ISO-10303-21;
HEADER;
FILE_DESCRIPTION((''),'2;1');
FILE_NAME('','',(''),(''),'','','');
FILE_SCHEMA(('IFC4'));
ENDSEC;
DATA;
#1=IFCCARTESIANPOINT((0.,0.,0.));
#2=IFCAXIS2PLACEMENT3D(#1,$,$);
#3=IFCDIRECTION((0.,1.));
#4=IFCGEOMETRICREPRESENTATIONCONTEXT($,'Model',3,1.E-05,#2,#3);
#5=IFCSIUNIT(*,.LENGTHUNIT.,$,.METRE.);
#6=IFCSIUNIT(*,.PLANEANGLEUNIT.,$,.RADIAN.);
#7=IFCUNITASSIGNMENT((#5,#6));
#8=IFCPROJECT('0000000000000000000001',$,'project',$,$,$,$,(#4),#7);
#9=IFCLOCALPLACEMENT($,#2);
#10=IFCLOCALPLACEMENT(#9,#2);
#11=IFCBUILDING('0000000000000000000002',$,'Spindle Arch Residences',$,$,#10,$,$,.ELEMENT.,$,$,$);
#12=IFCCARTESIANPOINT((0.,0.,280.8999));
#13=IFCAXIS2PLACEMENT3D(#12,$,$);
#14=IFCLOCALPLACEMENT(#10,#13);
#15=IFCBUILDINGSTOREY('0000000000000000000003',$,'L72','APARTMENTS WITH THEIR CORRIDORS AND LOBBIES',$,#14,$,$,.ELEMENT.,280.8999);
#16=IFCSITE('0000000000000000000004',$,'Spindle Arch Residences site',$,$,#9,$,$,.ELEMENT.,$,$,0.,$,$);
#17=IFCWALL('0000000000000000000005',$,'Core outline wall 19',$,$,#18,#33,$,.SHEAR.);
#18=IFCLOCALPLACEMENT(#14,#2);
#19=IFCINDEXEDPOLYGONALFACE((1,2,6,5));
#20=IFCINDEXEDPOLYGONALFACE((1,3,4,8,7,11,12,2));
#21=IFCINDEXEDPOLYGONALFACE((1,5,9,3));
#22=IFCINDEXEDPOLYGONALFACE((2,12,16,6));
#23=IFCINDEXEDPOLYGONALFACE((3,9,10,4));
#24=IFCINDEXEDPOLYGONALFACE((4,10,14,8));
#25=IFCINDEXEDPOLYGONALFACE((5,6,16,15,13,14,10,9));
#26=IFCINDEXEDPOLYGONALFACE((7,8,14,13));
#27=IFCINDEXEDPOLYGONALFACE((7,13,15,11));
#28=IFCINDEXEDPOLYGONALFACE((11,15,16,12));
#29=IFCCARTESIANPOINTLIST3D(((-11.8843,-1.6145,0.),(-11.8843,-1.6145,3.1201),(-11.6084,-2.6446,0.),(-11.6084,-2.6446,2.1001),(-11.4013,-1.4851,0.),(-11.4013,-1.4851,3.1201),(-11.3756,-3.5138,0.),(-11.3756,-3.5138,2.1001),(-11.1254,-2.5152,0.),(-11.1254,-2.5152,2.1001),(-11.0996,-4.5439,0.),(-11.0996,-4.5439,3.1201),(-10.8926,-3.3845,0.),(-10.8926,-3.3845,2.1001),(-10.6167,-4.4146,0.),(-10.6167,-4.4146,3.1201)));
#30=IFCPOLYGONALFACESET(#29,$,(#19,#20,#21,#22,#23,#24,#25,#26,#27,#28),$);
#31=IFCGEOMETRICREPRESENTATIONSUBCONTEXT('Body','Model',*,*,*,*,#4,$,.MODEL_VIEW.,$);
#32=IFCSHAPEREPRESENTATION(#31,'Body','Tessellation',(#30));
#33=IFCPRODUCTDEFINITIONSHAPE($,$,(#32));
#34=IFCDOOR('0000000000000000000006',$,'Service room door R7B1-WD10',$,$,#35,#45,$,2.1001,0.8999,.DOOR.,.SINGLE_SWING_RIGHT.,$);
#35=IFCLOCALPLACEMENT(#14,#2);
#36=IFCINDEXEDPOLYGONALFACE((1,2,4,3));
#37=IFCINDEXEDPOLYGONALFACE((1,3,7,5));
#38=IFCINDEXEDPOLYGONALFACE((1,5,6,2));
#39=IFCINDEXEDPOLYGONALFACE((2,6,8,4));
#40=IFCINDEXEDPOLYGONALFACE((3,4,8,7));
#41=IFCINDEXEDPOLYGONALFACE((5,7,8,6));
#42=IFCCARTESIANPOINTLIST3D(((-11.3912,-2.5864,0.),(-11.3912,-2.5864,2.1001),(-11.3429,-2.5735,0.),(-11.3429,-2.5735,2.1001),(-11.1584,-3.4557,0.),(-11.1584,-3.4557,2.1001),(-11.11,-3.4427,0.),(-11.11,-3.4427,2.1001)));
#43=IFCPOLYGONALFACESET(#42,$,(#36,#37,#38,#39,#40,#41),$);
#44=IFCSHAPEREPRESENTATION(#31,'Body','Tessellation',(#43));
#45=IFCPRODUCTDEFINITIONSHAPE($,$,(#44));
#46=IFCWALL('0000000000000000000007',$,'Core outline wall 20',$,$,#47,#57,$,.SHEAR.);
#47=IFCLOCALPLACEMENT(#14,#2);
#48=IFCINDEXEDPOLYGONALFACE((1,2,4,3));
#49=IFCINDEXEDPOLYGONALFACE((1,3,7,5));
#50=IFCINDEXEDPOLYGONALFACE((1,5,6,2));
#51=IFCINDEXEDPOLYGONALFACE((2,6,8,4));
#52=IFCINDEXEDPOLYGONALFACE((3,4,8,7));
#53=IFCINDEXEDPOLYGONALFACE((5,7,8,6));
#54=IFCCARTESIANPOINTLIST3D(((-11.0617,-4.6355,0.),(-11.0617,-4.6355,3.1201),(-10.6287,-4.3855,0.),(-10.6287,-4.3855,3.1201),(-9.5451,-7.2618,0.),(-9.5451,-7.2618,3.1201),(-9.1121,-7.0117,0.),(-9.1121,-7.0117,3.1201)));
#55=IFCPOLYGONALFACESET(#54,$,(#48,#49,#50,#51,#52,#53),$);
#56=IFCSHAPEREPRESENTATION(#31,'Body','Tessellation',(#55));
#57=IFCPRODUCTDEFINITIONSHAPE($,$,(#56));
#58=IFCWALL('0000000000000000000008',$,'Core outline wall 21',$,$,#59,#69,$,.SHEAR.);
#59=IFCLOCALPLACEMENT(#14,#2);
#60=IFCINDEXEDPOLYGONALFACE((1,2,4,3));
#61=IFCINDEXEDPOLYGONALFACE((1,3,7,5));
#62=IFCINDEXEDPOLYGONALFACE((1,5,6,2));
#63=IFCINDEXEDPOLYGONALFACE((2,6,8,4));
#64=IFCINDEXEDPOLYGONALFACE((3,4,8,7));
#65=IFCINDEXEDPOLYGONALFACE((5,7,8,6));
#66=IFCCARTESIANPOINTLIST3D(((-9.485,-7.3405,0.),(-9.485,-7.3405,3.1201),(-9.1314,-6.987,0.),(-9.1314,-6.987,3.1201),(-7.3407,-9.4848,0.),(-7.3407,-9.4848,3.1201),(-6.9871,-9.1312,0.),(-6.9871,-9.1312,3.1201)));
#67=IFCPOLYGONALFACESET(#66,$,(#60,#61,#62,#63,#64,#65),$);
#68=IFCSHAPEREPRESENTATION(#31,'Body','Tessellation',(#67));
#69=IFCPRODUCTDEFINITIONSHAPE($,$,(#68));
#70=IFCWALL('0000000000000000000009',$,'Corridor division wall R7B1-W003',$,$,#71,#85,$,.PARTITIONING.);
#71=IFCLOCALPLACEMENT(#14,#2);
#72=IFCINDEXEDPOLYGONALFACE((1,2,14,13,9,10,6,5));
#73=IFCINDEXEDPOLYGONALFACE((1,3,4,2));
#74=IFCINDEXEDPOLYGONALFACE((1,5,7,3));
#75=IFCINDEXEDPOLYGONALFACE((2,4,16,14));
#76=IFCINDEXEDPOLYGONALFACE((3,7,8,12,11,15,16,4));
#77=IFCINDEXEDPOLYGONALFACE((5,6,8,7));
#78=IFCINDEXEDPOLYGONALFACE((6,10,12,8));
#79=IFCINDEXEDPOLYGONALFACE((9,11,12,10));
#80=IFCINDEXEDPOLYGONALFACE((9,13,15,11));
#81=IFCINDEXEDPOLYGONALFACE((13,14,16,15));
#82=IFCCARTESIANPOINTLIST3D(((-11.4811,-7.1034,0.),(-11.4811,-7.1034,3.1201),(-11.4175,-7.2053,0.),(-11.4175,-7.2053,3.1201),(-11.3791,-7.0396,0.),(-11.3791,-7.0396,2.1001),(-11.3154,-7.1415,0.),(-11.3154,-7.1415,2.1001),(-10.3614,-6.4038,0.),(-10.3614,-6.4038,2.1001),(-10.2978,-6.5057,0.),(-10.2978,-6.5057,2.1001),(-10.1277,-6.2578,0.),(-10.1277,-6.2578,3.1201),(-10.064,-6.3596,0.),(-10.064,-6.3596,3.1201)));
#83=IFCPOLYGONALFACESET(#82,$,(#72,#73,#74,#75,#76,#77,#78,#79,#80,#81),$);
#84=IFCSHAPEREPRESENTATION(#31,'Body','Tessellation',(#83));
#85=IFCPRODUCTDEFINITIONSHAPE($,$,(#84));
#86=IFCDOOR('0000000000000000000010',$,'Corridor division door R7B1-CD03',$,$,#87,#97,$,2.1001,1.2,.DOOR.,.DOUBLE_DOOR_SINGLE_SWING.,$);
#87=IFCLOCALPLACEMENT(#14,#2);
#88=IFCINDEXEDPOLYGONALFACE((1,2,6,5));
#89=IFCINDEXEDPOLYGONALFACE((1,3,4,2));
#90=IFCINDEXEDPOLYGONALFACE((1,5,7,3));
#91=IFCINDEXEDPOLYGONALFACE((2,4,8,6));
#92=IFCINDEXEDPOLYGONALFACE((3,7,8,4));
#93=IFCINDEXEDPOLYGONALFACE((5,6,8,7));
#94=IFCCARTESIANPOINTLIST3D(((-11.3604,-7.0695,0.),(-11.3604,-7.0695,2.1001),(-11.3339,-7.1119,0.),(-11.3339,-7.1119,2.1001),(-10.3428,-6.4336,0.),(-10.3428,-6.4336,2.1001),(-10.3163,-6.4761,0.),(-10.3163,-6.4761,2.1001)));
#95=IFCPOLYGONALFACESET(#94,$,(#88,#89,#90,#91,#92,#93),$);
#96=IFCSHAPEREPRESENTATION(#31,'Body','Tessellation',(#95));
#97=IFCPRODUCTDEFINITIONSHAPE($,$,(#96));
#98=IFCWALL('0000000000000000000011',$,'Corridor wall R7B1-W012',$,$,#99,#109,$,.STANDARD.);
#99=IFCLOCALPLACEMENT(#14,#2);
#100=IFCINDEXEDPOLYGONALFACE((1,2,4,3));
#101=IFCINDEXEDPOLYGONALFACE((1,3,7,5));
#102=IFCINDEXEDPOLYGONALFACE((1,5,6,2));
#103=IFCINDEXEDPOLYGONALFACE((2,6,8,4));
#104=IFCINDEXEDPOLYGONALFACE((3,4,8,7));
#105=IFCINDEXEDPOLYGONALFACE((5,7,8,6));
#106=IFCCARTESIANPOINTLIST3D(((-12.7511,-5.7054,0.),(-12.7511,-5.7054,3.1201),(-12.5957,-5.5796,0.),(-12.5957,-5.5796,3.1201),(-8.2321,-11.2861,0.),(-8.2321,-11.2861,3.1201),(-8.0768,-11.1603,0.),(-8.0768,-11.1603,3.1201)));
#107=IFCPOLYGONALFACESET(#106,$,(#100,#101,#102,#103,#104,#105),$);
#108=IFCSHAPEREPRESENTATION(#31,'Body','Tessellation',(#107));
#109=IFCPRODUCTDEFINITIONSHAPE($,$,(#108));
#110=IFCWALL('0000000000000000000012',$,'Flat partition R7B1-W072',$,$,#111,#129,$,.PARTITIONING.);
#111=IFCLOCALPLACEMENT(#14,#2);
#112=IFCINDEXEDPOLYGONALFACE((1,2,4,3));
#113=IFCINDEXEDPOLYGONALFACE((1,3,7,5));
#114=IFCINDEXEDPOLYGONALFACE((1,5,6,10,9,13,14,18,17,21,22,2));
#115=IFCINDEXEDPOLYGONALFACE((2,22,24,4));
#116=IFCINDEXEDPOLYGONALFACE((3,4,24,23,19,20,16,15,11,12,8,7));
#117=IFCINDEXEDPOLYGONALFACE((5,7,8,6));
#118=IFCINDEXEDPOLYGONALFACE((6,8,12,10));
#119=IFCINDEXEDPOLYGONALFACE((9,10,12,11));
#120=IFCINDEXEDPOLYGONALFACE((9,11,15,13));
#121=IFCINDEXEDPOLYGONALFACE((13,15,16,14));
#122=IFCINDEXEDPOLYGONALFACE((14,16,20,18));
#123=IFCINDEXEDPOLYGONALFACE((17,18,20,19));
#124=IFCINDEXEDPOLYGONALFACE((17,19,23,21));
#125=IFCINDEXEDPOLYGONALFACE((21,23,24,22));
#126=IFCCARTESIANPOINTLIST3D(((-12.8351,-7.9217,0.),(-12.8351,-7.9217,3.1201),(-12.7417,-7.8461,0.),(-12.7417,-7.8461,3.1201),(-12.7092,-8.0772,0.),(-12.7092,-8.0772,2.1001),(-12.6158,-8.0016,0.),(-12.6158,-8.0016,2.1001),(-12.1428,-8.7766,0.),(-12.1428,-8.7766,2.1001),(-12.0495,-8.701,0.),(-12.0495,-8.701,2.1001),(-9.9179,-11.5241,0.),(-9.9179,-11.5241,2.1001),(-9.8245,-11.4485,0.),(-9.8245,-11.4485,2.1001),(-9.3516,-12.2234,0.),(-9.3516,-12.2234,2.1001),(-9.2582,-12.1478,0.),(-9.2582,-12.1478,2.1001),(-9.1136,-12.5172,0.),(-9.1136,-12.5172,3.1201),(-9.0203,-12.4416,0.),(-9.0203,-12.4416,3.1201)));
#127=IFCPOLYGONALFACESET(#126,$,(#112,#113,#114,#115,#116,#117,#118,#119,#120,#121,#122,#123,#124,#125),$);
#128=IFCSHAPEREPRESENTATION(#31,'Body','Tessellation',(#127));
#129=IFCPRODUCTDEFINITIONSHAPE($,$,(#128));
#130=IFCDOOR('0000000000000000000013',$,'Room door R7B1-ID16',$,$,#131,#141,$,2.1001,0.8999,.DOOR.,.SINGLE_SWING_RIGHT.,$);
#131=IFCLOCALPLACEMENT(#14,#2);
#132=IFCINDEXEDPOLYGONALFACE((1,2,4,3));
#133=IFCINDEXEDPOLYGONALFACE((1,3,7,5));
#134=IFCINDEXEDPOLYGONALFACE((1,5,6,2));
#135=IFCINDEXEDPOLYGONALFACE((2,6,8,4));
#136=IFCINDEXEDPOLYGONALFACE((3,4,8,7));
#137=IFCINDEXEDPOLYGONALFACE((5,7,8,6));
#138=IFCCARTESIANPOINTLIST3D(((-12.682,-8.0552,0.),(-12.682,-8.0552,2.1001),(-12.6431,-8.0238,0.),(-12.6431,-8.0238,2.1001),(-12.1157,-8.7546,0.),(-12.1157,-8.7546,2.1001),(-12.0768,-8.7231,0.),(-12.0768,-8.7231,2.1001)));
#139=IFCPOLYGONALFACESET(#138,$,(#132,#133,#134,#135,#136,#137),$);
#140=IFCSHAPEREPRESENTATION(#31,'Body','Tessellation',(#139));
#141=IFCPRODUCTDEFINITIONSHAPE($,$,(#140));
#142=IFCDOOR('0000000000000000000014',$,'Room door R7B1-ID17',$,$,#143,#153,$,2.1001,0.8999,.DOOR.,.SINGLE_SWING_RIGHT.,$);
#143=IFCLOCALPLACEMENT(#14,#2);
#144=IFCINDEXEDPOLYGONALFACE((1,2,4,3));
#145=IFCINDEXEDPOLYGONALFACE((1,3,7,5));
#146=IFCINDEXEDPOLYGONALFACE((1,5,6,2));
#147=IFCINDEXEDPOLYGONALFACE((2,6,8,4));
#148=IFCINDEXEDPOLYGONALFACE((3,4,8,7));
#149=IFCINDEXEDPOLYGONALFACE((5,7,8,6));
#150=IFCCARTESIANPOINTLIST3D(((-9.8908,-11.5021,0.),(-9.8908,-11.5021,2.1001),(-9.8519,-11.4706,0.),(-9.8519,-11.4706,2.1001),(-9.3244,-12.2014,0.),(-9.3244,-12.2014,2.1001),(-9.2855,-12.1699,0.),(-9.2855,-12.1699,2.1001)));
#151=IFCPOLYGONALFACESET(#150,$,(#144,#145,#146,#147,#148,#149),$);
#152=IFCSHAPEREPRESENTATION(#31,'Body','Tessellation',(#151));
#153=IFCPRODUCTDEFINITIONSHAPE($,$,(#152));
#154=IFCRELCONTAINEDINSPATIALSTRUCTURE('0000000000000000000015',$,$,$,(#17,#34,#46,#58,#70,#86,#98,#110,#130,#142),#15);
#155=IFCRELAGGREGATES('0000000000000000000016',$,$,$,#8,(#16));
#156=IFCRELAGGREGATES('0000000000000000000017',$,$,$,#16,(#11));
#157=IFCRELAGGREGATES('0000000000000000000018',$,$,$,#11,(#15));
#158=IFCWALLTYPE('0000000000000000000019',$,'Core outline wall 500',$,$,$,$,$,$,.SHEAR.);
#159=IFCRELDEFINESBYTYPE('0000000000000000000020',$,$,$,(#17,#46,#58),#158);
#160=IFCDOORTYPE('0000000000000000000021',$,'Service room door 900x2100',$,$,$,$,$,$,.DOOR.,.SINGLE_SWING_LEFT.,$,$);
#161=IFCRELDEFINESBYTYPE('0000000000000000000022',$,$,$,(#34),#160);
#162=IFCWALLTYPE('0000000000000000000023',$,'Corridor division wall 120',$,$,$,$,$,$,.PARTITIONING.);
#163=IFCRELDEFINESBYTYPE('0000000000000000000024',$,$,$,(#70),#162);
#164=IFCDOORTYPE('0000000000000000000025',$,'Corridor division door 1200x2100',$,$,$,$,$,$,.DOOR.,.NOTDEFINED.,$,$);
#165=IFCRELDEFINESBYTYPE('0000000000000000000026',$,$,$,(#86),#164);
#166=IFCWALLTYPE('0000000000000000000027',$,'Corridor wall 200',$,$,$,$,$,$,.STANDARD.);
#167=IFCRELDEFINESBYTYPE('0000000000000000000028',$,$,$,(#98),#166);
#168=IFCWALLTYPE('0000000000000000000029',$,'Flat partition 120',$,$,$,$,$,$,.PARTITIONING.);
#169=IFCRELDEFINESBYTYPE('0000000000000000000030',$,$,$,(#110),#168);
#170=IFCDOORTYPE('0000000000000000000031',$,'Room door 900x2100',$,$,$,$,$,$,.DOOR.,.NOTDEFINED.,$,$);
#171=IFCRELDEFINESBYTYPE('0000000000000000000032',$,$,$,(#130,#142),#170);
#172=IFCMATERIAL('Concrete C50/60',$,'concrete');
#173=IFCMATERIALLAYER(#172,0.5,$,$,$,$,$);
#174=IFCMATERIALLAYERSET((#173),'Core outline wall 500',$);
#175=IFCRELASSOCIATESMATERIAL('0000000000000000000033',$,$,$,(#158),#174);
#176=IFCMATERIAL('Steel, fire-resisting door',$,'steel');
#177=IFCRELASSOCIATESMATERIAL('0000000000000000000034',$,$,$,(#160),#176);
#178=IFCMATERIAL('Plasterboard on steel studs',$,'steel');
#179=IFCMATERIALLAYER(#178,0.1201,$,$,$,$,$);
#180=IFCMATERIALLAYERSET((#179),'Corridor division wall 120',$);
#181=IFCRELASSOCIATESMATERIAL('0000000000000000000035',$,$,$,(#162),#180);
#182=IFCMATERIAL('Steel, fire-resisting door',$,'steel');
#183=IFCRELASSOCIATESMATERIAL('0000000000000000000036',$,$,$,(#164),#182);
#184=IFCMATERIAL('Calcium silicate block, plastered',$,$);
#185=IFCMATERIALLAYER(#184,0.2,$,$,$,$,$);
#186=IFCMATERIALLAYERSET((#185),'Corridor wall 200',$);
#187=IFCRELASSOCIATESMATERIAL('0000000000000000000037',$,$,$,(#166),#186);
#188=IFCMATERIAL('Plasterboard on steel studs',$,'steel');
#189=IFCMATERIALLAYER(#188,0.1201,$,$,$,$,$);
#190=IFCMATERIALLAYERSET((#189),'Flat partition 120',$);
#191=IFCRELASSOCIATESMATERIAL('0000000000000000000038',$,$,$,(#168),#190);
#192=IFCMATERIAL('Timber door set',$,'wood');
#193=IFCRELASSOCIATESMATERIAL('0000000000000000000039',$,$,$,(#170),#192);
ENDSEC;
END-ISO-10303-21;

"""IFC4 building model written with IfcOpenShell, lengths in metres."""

from ifc_helpers import new_model, si_unit, direction, frame, frame_2d, origin, place, context, subcontext, project, spatial, rectangle, extrude, material, layer, layer_set, type_object, element, fill, save


model = new_model("IFC4")

# Units and contexts
model_context = context("Model", 3, precision=1e-05, world=origin(), true_north=direction((0.0, 1.0)))
body_context = subcontext(model_context, "Body", "Model", "MODEL_VIEW")
ifc_project = project(units=[si_unit("LENGTHUNIT", "METRE"), si_unit("PLANEANGLEUNIT", "RADIAN")], contexts=[model_context])

# Site, building, storey
site_placement = place(None, origin())
site = spatial("IfcSite", under=ifc_project, at=site_placement, Name="Spindle Arch Residences site", CompositionType="ELEMENT", RefElevation=0.0)
building_placement = place(site_placement, origin())
building = spatial("IfcBuilding", under=site, at=building_placement, Name="Spindle Arch Residences", CompositionType="ELEMENT")
storey_placement = place(building_placement, frame((0.0, 0.0, 280.8999)))
storey = spatial("IfcBuildingStorey", under=building, at=storey_placement, Name="L72", Description="APARTMENTS WITH THEIR CORRIDORS AND LOBBIES", CompositionType="ELEMENT", Elevation=280.8999)

# Wall, opening, door
ifc_material_1 = material(Name="Concrete C50/60", Category="concrete")
ifc_layer_1 = layer(ifc_material_1, 0.5)
ifc_layer_set_1 = layer_set([ifc_layer_1], Name="Core outline wall 500")
wall_type_1 = type_object("IfcWallType", Name="Core outline wall 500", PredefinedType="SHEAR", material=ifc_layer_set_1)
wall_1_placement = place(storey_placement, frame((-11.6428, -1.5498, 0.0), z_axis=(0.0, 0.0, 1.0), x_axis=(0.258735, -0.965948, 0.0)))
wall_1 = element("IfcWall", 1, at=wall_1_placement, inside=storey, type_object=wall_type_1, Name="Core outline wall 19", PredefinedType="SHEAR", context=body_context, shape_type="SweptSolid", body=[
    extrude(rectangle(XDim=3.0327, YDim=0.5, at=frame_2d((1.5164, 0.0))), origin(), (0.0, 0.0, 1.0), 3.1201),
])
opening_1_placement = place(wall_1_placement, frame((1.0664, 0.0, 0.0)))
opening_1 = element("IfcOpeningElement", 2, at=opening_1_placement, cuts=wall_1, PredefinedType="OPENING", context=body_context, shape_type="SweptSolid", body=[
    extrude(rectangle(XDim=0.8999, YDim=2.1001, at=frame_2d((0.45, 1.05))), frame((0.0, 0.26, 0.0), z_axis=(0.0, -1.0, 0.0), x_axis=(1.0, 0.0, 0.0)), (0.0, 0.0, 1.0), 0.52),
])
ifc_material_2 = material(Name="Steel, fire-resisting door", Category="steel")
door_type_1 = type_object("IfcDoorType", Name="Service room door 900x2100", OperationType="SINGLE_SWING_LEFT", PredefinedType="DOOR", material=ifc_material_2)
door_1_placement = place(opening_1_placement, origin())
door_1 = element("IfcDoor", 3, at=door_1_placement, inside=storey, type_object=door_type_1, Name="Service room door R7B1-WD10", OperationType="SINGLE_SWING_RIGHT", OverallHeight=2.1001, OverallWidth=0.8999, PredefinedType="DOOR", context=body_context, shape_type="SweptSolid", body=[
    extrude(rectangle(XDim=0.8999, YDim=2.1001, at=frame_2d((0.45, 1.05))), frame((0.0, 0.0249, 0.0), z_axis=(0.0, -1.0, 0.0), x_axis=(1.0, 0.0, 0.0)), (0.0, 0.0, 1.0), 0.05),
])
fill(opening_1, door_1)

# Walls
wall_2_placement = place(storey_placement, frame((-10.8452, -4.5105, 0.0), z_axis=(0.0, 0.0, 1.0), x_axis=(0.500087, -0.865975, 0.0)))
element("IfcWall", 4, at=wall_2_placement, inside=storey, type_object=wall_type_1, Name="Core outline wall 20", PredefinedType="SHEAR", context=body_context, shape_type="SweptSolid", body=[
    extrude(rectangle(XDim=3.0327, YDim=0.5, at=frame_2d((1.5164, 0.0))), origin(), (0.0, 0.0, 1.0), 3.1201),
])
wall_3_placement = place(storey_placement, frame((-9.3081, -7.1638, 0.0), z_axis=(0.0, 0.0, 1.0), x_axis=(0.707107, -0.707107, 0.0)))
element("IfcWall", 5, at=wall_3_placement, inside=storey, type_object=wall_type_1, Name="Core outline wall 21", PredefinedType="SHEAR", context=body_context, shape_type="SweptSolid", body=[
    extrude(rectangle(XDim=3.0325, YDim=0.5, at=frame_2d((1.5161, 0.0))), origin(), (0.0, 0.0, 1.0), 3.1201),
])

# Wall, opening, door
ifc_material_3 = material(Name="Plasterboard on steel studs", Category="steel")
ifc_layer_2 = layer(ifc_material_3, 0.1201)
ifc_layer_set_2 = layer_set([ifc_layer_2], Name="Corridor division wall 120")
wall_type_2 = type_object("IfcWallType", Name="Corridor division wall 120", PredefinedType="PARTITIONING", material=ifc_layer_set_2)
wall_4_placement = place(storey_placement, frame((-11.4492, -7.1543, 0.0), z_axis=(0.0, 0.0, 1.0), x_axis=(0.848067, 0.529889, 0.0)))
wall_4 = element("IfcWall", 6, at=wall_4_placement, inside=storey, type_object=wall_type_2, Name="Corridor division wall R7B1-W003", PredefinedType="PARTITIONING", context=body_context, shape_type="SweptSolid", body=[
    extrude(rectangle(XDim=1.5959, YDim=0.1201, at=frame_2d((0.7979, 0.0))), origin(), (0.0, 0.0, 1.0), 3.1201),
])
opening_2_placement = place(wall_4_placement, frame((0.1201, 0.0, 0.0)))
opening_2 = element("IfcOpeningElement", 7, at=opening_2_placement, cuts=wall_4, PredefinedType="OPENING", context=body_context, shape_type="SweptSolid", body=[
    extrude(rectangle(XDim=1.2, YDim=2.1001, at=frame_2d((0.6001, 1.05))), frame((0.0, 0.0701, 0.0), z_axis=(0.0, -1.0, 0.0), x_axis=(1.0, 0.0, 0.0)), (0.0, 0.0, 1.0), 0.1401),
])
ifc_material_4 = material(Name="Steel, fire-resisting door", Category="steel")
door_type_2 = type_object("IfcDoorType", Name="Corridor division door 1200x2100", OperationType="NOTDEFINED", PredefinedType="DOOR", material=ifc_material_4)
door_2_placement = place(opening_2_placement, origin())
door_2 = element("IfcDoor", 8, at=door_2_placement, inside=storey, type_object=door_type_2, Name="Corridor division door R7B1-CD03", OperationType="DOUBLE_DOOR_SINGLE_SWING", OverallHeight=2.1001, OverallWidth=1.2, PredefinedType="DOOR", context=body_context, shape_type="SweptSolid", body=[
    extrude(rectangle(XDim=1.2, YDim=2.1001, at=frame_2d((0.6001, 1.05))), frame((0.0, 0.0249, 0.0), z_axis=(0.0, -1.0, 0.0), x_axis=(1.0, 0.0, 0.0)), (0.0, 0.0, 1.0), 0.05),
])
fill(opening_2, door_2)

# Wall
ifc_material_5 = material(Name="Calcium silicate block, plastered")
ifc_layer_3 = layer(ifc_material_5, 0.2)
ifc_layer_set_3 = layer_set([ifc_layer_3], Name="Corridor wall 200")
wall_type_3 = type_object("IfcWallType", Name="Corridor wall 200", PredefinedType="STANDARD", material=ifc_layer_set_3)
wall_5_placement = place(storey_placement, frame((-12.6733, -5.6426, 0.0), z_axis=(0.0, 0.0, 1.0), x_axis=(0.629303, -0.77716, 0.0)))
element("IfcWall", 9, at=wall_5_placement, inside=storey, type_object=wall_type_3, Name="Corridor wall R7B1-W012", PredefinedType="STANDARD", context=body_context, shape_type="SweptSolid", body=[
    extrude(rectangle(XDim=7.1809, YDim=0.2, at=frame_2d((3.5903, 0.0))), origin(), (0.0, 0.0, 1.0), 3.1201),
])

# Wall, openings, doors
ifc_material_6 = material(Name="Plasterboard on steel studs", Category="steel")
ifc_layer_4 = layer(ifc_material_6, 0.1201)
ifc_layer_set_4 = layer_set([ifc_layer_4], Name="Flat partition 120")
wall_type_4 = type_object("IfcWallType", Name="Flat partition 120", PredefinedType="PARTITIONING", material=ifc_layer_set_4)
wall_6_placement = place(storey_placement, frame((-12.7883, -7.884, 0.0), z_axis=(0.0, 0.0, 1.0), x_axis=(0.629331, -0.777137, 0.0)))
wall_6 = element("IfcWall", 10, at=wall_6_placement, inside=storey, type_object=wall_type_4, Name="Flat partition R7B1-W072", PredefinedType="PARTITIONING", context=body_context, shape_type="SweptSolid", body=[
    extrude(rectangle(XDim=5.9133, YDim=0.1201, at=frame_2d((2.9565, 0.0))), origin(), (0.0, 0.0, 1.0), 3.1201),
])
opening_3_placement = place(wall_6_placement, frame((0.2, 0.0, 0.0)))
opening_3 = element("IfcOpeningElement", 11, at=opening_3_placement, cuts=wall_6, PredefinedType="OPENING", context=body_context, shape_type="SweptSolid", body=[
    extrude(rectangle(XDim=0.8999, YDim=2.1001, at=frame_2d((0.45, 1.05))), frame((0.0, 0.0701, 0.0), z_axis=(0.0, -1.0, 0.0), x_axis=(1.0, 0.0, 0.0)), (0.0, 0.0, 1.0), 0.1401),
])
opening_4_placement = place(wall_6_placement, frame((4.6353, 0.0, 0.0)))
opening_4 = element("IfcOpeningElement", 12, at=opening_4_placement, cuts=wall_6, PredefinedType="OPENING", context=body_context, shape_type="SweptSolid", body=[
    extrude(rectangle(XDim=0.8999, YDim=2.1001, at=frame_2d((0.45, 1.05))), frame((0.0, 0.0701, 0.0), z_axis=(0.0, -1.0, 0.0), x_axis=(1.0, 0.0, 0.0)), (0.0, 0.0, 1.0), 0.1401),
])
ifc_material_7 = material(Name="Timber door set", Category="wood")
door_type_3 = type_object("IfcDoorType", Name="Room door 900x2100", OperationType="NOTDEFINED", PredefinedType="DOOR", material=ifc_material_7)
door_3_placement = place(opening_3_placement, origin())
door_3 = element("IfcDoor", 13, at=door_3_placement, inside=storey, type_object=door_type_3, Name="Room door R7B1-ID16", OperationType="SINGLE_SWING_RIGHT", OverallHeight=2.1001, OverallWidth=0.8999, PredefinedType="DOOR", context=body_context, shape_type="SweptSolid", body=[
    extrude(rectangle(XDim=0.8999, YDim=2.1001, at=frame_2d((0.45, 1.05))), frame((0.0, 0.0249, 0.0), z_axis=(0.0, -1.0, 0.0), x_axis=(1.0, 0.0, 0.0)), (0.0, 0.0, 1.0), 0.05),
])
fill(opening_3, door_3)
door_4_placement = place(opening_4_placement, origin())
door_4 = element("IfcDoor", 14, at=door_4_placement, inside=storey, type_object=door_type_3, Name="Room door R7B1-ID17", OperationType="SINGLE_SWING_RIGHT", OverallHeight=2.1001, OverallWidth=0.8999, PredefinedType="DOOR", context=body_context, shape_type="SweptSolid", body=[
    extrude(rectangle(XDim=0.8999, YDim=2.1001, at=frame_2d((0.45, 1.05))), frame((0.0, 0.0249, 0.0), z_axis=(0.0, -1.0, 0.0), x_axis=(1.0, 0.0, 0.0)), (0.0, 0.0, 1.0), 0.05),
])
fill(opening_4, door_4)

save(model, "model.ifc")
